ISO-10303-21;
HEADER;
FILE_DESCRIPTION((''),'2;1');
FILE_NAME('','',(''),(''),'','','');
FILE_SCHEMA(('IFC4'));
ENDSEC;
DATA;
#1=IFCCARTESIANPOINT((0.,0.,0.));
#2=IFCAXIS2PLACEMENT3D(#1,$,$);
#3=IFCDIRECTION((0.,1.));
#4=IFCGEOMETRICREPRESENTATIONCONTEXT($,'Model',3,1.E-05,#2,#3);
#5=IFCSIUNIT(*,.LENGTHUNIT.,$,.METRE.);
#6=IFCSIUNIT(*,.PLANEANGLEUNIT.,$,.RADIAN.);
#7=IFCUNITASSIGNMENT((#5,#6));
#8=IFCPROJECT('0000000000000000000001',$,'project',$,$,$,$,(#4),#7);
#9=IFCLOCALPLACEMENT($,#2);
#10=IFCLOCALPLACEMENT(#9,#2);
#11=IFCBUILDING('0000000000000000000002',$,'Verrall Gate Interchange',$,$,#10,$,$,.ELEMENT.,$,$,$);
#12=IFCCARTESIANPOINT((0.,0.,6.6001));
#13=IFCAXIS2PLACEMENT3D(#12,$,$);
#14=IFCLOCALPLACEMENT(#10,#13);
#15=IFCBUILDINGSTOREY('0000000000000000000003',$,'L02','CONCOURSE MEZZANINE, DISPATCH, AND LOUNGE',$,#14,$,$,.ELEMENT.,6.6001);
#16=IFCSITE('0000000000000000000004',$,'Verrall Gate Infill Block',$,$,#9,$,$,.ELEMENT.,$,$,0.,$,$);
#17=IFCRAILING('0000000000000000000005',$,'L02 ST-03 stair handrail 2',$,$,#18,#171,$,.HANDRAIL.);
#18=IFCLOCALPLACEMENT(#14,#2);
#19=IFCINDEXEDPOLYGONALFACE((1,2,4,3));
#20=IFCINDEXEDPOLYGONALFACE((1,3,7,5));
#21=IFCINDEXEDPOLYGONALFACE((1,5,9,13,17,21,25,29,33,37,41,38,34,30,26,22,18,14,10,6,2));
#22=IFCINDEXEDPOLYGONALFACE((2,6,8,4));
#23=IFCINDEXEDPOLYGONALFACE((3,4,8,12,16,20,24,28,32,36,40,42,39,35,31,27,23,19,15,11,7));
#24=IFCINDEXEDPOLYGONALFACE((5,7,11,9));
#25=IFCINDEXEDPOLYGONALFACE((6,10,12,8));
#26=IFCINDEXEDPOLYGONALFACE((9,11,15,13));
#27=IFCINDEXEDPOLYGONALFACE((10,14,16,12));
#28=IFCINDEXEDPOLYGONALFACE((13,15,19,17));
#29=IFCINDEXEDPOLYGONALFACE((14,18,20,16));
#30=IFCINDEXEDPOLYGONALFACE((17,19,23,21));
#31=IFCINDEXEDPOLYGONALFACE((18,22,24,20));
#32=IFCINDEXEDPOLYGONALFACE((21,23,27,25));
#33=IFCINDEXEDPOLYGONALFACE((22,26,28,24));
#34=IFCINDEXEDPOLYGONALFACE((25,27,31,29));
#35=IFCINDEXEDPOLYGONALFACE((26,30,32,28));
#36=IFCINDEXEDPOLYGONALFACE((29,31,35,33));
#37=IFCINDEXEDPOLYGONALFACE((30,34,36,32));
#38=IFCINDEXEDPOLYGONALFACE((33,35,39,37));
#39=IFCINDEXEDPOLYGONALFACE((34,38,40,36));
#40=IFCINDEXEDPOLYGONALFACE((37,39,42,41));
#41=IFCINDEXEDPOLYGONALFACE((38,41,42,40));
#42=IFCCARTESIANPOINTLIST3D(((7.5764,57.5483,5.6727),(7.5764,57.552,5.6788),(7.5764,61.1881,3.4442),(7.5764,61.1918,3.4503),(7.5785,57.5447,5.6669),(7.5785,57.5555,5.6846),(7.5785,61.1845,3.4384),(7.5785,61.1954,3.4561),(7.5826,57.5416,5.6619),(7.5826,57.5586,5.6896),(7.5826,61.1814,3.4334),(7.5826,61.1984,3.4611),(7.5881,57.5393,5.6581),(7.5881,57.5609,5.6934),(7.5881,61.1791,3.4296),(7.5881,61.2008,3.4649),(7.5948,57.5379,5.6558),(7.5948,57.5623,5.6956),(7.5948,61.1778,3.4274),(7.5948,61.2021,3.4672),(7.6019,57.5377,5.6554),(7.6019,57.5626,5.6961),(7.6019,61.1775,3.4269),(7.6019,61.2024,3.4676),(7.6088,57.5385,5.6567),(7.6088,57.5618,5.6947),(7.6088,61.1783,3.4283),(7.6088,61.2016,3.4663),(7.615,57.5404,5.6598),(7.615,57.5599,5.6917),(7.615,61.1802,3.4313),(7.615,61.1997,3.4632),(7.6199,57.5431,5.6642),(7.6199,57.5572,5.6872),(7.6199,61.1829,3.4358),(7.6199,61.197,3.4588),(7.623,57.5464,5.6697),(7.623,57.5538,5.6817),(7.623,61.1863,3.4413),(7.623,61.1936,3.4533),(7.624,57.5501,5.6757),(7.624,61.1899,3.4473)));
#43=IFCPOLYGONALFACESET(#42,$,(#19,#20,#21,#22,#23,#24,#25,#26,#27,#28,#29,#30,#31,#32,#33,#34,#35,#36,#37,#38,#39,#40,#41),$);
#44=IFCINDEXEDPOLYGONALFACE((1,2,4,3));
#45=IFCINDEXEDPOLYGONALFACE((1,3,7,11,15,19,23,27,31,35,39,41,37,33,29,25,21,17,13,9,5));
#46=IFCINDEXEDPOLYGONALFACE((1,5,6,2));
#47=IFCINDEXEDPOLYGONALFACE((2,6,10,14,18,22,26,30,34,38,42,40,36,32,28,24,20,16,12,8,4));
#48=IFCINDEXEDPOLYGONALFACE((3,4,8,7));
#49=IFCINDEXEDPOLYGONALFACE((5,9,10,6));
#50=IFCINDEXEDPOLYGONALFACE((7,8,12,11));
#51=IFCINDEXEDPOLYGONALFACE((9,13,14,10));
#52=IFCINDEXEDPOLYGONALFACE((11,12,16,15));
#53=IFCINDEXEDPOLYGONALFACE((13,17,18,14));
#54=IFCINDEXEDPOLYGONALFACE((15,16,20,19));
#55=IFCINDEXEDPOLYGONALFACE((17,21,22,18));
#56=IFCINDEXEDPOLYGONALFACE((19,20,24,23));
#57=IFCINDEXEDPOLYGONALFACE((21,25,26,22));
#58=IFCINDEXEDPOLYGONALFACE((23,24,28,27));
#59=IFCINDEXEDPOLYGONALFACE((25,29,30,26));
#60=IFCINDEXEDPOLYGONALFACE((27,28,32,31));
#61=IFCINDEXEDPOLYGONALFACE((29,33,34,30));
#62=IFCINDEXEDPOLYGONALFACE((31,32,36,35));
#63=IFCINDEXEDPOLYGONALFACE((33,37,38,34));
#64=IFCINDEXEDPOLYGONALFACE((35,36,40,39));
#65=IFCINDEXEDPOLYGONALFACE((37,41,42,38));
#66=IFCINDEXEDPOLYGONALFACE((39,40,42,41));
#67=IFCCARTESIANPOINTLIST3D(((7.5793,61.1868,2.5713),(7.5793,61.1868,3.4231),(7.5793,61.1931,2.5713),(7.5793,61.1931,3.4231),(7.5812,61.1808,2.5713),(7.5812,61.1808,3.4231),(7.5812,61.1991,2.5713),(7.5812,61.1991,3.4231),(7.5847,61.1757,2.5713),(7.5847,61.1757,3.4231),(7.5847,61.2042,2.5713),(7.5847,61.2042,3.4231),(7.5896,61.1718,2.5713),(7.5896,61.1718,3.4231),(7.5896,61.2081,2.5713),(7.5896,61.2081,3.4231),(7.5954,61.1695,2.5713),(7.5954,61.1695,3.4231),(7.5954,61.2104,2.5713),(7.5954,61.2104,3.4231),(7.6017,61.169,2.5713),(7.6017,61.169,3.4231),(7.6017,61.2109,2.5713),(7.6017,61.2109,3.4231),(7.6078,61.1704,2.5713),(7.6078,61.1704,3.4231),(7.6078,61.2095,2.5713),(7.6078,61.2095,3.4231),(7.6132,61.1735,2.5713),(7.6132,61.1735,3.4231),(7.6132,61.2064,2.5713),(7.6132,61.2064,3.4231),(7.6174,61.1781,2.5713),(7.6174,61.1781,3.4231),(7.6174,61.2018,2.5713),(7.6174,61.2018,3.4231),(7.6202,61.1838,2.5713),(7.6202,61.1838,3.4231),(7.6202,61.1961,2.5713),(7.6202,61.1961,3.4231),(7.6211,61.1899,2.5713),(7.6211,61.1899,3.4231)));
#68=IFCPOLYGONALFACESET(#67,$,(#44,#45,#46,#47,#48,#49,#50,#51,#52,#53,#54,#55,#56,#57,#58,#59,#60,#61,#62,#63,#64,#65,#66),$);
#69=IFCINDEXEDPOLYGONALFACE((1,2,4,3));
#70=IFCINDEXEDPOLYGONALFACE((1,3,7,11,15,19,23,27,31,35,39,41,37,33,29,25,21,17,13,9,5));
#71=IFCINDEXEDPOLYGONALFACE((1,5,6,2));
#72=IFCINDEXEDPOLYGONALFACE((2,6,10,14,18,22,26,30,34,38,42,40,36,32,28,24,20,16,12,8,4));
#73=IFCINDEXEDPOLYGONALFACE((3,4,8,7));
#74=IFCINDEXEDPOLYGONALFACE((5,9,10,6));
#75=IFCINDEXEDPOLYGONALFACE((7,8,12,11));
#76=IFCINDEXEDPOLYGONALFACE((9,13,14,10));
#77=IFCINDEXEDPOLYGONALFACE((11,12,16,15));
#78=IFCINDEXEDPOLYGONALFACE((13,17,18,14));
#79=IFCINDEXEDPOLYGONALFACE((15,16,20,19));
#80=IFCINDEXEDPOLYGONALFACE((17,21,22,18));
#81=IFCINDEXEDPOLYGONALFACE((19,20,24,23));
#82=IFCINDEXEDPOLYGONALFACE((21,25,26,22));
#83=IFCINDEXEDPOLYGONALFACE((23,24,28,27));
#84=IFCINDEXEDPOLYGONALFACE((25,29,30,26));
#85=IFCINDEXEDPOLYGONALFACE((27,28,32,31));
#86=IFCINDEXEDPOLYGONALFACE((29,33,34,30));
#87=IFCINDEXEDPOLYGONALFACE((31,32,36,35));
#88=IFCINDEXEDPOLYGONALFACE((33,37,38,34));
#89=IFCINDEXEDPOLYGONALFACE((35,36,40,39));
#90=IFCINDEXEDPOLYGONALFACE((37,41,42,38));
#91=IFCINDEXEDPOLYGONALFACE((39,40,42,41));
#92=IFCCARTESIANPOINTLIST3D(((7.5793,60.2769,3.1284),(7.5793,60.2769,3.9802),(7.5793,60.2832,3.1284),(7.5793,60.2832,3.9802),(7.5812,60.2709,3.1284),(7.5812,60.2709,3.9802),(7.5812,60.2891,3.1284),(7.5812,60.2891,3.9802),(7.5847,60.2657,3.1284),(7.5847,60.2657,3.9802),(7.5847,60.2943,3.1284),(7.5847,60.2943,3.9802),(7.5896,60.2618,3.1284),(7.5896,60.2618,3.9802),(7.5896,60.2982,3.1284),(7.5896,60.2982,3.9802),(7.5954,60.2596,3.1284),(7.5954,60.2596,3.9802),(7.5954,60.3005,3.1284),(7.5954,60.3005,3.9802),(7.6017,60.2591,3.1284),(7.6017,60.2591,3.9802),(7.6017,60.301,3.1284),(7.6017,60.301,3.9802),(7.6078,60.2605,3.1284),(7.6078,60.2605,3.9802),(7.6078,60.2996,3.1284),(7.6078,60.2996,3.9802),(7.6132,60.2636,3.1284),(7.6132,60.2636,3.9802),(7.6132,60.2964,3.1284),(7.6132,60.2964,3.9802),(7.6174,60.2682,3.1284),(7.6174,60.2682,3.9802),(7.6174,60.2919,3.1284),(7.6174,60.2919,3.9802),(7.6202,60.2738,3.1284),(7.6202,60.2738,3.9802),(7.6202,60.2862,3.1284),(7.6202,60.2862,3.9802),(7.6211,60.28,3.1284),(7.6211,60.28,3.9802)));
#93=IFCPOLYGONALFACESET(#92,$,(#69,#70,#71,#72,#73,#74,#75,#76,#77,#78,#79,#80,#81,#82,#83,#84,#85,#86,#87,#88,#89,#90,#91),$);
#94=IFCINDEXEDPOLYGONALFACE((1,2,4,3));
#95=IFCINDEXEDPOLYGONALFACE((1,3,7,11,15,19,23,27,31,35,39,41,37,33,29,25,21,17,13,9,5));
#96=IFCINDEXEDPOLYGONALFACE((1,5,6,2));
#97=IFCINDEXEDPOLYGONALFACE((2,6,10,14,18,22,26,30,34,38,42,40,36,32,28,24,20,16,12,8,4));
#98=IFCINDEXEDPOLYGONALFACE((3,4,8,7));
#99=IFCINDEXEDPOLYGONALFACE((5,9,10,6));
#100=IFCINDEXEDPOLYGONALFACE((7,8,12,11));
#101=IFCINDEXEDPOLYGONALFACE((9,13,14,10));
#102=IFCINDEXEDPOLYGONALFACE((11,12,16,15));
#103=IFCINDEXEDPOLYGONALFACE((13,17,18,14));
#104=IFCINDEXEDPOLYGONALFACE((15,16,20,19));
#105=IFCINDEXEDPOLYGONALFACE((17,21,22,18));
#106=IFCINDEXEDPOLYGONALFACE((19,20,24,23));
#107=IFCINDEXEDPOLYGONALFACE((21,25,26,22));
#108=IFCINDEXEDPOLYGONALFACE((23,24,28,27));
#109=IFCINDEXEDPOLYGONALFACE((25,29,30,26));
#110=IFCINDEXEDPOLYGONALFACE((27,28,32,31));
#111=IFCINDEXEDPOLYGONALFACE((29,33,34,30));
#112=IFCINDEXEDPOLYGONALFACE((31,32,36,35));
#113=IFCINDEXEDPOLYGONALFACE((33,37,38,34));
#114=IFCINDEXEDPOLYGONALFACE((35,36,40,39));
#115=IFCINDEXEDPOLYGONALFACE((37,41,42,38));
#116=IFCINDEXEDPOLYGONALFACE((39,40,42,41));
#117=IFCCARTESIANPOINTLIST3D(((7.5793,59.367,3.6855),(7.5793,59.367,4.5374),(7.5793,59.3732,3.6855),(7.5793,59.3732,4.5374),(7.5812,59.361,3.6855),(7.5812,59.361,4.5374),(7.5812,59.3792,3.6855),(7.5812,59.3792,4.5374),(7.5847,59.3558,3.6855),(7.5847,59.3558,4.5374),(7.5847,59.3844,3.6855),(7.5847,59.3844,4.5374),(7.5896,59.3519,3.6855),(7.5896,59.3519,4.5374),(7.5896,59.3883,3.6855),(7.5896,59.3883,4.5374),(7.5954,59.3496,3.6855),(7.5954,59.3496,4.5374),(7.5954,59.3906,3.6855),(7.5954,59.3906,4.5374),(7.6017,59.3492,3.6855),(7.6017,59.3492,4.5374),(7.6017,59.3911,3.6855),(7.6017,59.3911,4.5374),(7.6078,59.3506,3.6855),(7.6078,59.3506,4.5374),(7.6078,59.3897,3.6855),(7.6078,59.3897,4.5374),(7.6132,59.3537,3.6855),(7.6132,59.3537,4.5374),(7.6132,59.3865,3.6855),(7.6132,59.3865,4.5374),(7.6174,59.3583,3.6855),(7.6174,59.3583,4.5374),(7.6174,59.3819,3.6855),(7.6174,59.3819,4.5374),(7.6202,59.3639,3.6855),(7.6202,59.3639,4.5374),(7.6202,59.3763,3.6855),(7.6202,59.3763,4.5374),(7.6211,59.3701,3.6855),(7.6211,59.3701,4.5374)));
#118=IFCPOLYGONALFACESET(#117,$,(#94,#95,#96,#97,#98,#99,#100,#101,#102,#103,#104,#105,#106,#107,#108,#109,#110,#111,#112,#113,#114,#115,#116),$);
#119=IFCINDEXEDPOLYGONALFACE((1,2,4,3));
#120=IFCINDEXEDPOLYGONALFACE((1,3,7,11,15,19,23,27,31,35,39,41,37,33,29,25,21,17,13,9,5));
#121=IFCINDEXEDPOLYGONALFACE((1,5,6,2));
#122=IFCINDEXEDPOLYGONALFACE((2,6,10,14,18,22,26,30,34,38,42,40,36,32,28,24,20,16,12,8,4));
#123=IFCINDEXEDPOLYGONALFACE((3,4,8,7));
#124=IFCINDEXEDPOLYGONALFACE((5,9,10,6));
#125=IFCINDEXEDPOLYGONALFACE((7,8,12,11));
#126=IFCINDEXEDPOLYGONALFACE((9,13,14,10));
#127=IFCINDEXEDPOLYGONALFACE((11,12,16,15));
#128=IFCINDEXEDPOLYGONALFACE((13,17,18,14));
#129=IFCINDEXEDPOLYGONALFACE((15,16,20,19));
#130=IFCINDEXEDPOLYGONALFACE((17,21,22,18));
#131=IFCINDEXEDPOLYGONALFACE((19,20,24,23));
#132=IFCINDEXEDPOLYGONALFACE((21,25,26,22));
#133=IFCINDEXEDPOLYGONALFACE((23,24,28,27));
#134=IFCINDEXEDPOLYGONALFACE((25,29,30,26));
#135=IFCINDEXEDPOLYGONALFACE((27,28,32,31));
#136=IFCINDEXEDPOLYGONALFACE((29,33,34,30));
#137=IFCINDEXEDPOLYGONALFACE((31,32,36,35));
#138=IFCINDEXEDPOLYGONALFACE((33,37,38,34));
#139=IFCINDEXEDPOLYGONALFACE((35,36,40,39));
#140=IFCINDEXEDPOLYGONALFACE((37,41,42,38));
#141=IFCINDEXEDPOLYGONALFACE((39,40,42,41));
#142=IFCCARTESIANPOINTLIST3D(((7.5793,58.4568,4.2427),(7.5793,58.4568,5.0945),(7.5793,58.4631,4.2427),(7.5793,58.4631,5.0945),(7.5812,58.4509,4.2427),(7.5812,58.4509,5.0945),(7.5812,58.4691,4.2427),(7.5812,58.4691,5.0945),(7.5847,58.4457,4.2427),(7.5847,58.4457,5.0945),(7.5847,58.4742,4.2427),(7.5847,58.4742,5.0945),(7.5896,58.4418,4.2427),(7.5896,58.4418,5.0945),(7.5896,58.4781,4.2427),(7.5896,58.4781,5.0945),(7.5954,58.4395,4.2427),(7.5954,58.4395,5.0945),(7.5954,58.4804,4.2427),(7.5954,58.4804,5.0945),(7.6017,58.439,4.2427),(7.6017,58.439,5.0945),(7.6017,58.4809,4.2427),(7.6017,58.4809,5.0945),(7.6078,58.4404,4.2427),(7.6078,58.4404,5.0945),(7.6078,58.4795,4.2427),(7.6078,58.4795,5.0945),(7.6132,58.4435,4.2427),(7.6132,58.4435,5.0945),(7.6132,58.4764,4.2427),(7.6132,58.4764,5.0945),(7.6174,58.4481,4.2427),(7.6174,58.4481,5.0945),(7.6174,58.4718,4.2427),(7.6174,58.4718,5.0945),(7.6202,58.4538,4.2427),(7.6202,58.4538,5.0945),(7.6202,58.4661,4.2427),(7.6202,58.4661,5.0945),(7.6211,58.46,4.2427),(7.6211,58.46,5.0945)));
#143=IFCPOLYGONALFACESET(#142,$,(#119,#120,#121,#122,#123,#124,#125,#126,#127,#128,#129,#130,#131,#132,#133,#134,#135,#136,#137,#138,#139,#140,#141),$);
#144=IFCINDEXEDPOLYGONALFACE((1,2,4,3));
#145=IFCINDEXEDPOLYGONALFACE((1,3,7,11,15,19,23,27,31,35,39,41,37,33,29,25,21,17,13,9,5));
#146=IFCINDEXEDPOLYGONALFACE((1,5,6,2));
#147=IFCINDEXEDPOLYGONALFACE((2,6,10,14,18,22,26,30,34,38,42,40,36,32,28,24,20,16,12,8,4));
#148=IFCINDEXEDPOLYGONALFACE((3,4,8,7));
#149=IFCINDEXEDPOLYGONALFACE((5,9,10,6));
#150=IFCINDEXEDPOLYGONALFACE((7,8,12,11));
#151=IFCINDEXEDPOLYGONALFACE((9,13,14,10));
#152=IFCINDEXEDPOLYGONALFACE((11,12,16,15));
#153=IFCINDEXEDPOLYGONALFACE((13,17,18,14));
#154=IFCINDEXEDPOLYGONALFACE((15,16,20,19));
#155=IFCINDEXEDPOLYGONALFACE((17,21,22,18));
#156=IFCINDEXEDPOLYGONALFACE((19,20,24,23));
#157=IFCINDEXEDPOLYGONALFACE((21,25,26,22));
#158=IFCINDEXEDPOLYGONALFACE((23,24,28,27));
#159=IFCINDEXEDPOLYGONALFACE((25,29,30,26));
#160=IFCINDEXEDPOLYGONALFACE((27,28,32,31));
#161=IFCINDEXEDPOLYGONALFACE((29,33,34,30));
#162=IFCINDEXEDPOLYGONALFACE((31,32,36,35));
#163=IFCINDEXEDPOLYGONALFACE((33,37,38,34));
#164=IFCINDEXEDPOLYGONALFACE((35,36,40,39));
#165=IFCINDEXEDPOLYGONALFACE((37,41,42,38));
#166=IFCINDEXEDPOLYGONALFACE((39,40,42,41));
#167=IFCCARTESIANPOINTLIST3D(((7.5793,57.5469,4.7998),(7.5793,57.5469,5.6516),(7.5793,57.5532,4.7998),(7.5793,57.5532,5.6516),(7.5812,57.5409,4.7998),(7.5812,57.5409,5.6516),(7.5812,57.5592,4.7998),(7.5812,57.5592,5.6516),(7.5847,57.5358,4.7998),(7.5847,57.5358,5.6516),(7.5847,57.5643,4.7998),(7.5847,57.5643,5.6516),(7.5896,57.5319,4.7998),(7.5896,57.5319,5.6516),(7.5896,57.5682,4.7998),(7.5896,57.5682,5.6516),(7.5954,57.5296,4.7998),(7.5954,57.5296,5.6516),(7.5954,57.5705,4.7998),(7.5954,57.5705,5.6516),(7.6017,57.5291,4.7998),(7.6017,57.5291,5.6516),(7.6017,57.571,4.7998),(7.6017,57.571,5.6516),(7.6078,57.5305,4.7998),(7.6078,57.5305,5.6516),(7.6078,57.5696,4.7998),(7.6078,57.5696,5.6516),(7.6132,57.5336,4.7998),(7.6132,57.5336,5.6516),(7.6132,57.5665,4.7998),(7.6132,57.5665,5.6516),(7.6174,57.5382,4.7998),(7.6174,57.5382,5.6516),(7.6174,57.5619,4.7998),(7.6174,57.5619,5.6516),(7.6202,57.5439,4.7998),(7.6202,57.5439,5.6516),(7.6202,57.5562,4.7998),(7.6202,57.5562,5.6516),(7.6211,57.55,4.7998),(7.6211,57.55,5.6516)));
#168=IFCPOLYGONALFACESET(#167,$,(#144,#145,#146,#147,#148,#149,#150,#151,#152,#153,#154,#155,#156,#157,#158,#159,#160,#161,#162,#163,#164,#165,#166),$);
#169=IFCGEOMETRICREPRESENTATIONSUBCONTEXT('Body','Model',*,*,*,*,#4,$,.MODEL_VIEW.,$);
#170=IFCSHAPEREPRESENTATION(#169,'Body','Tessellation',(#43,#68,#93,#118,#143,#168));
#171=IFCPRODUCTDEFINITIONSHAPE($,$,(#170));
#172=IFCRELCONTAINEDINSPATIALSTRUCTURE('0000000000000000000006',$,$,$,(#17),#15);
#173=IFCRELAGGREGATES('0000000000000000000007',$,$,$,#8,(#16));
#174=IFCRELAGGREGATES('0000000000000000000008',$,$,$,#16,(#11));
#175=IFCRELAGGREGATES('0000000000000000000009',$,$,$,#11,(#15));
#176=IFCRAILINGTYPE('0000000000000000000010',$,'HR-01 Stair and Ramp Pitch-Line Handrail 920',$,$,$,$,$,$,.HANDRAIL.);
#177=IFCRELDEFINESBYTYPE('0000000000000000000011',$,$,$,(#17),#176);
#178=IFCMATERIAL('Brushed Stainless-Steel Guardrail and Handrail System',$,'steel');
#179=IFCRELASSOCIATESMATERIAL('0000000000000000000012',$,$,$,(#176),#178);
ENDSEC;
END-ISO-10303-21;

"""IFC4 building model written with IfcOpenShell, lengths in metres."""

from ifc_helpers import new_model, si_unit, direction, frame, origin, origin_2d, place, context, subcontext, project, spatial, circle, extrude, material, type_object, element, save


model = new_model("IFC4")

# Units and contexts
model_context = context("Model", 3, precision=1e-05, world=origin(), true_north=direction((0.0, 1.0)))
body_context = subcontext(model_context, "Body", "Model", "MODEL_VIEW")
ifc_project = project(units=[si_unit("LENGTHUNIT", "METRE"), si_unit("PLANEANGLEUNIT", "RADIAN")], contexts=[model_context])

# Site, building, storey
site_placement = place(None, origin())
site = spatial("IfcSite", under=ifc_project, at=site_placement, Name="Verrall Gate Infill Block", CompositionType="ELEMENT", RefElevation=0.0)
building_placement = place(site_placement, origin())
building = spatial("IfcBuilding", under=site, at=building_placement, Name="Verrall Gate Interchange", CompositionType="ELEMENT")
storey_placement = place(building_placement, frame((0.0, 0.0, 6.6001)))
storey = spatial("IfcBuildingStorey", under=building, at=storey_placement, Name="L02", Description="CONCOURSE MEZZANINE, DISPATCH, AND LOUNGE", CompositionType="ELEMENT", Elevation=6.6001)

# Railing
ifc_material_1 = material(Name="Brushed Stainless-Steel Guardrail and Handrail System", Category="steel")
railing_type_1 = type_object("IfcRailingType", Name="HR-01 Stair and Ramp Pitch-Line Handrail 920", PredefinedType="HANDRAIL", material=ifc_material_1)
railing_1_placement = place(storey_placement, frame((7.6001, 61.1899, 2.5713)))
element("IfcRailing", 1, at=railing_1_placement, inside=storey, type_object=railing_type_1, Name="L02 ST-03 stair handrail 2", PredefinedType="HANDRAIL", context=body_context, shape_type="SweptSolid", body=[
    extrude(circle(Radius=0.0239, at=origin_2d()), frame((0.0, 0.0, 0.876), z_axis=(0.0, -0.85285, 0.522156), x_axis=(1.0, 0.0, 0.0)), (0.0, 0.0, 1.0), 4.2678),
    extrude(circle(Radius=0.021, at=origin_2d()), origin(), (0.0, 0.0, 1.0), 0.8518),
    extrude(circle(Radius=0.021, at=origin_2d()), frame((0.0, -0.9099, 0.5571)), (0.0, 0.0, 1.0), 0.8518),
    extrude(circle(Radius=0.021, at=origin_2d()), frame((0.0, -1.8198, 1.1143)), (0.0, 0.0, 1.0), 0.8518),
    extrude(circle(Radius=0.021, at=origin_2d()), frame((0.0, -2.73, 1.6714)), (0.0, 0.0, 1.0), 0.8518),
    extrude(circle(Radius=0.021, at=origin_2d()), frame((0.0, -3.6399, 2.2285)), (0.0, 0.0, 1.0), 0.8518),
])

save(model, "model.ifc")
